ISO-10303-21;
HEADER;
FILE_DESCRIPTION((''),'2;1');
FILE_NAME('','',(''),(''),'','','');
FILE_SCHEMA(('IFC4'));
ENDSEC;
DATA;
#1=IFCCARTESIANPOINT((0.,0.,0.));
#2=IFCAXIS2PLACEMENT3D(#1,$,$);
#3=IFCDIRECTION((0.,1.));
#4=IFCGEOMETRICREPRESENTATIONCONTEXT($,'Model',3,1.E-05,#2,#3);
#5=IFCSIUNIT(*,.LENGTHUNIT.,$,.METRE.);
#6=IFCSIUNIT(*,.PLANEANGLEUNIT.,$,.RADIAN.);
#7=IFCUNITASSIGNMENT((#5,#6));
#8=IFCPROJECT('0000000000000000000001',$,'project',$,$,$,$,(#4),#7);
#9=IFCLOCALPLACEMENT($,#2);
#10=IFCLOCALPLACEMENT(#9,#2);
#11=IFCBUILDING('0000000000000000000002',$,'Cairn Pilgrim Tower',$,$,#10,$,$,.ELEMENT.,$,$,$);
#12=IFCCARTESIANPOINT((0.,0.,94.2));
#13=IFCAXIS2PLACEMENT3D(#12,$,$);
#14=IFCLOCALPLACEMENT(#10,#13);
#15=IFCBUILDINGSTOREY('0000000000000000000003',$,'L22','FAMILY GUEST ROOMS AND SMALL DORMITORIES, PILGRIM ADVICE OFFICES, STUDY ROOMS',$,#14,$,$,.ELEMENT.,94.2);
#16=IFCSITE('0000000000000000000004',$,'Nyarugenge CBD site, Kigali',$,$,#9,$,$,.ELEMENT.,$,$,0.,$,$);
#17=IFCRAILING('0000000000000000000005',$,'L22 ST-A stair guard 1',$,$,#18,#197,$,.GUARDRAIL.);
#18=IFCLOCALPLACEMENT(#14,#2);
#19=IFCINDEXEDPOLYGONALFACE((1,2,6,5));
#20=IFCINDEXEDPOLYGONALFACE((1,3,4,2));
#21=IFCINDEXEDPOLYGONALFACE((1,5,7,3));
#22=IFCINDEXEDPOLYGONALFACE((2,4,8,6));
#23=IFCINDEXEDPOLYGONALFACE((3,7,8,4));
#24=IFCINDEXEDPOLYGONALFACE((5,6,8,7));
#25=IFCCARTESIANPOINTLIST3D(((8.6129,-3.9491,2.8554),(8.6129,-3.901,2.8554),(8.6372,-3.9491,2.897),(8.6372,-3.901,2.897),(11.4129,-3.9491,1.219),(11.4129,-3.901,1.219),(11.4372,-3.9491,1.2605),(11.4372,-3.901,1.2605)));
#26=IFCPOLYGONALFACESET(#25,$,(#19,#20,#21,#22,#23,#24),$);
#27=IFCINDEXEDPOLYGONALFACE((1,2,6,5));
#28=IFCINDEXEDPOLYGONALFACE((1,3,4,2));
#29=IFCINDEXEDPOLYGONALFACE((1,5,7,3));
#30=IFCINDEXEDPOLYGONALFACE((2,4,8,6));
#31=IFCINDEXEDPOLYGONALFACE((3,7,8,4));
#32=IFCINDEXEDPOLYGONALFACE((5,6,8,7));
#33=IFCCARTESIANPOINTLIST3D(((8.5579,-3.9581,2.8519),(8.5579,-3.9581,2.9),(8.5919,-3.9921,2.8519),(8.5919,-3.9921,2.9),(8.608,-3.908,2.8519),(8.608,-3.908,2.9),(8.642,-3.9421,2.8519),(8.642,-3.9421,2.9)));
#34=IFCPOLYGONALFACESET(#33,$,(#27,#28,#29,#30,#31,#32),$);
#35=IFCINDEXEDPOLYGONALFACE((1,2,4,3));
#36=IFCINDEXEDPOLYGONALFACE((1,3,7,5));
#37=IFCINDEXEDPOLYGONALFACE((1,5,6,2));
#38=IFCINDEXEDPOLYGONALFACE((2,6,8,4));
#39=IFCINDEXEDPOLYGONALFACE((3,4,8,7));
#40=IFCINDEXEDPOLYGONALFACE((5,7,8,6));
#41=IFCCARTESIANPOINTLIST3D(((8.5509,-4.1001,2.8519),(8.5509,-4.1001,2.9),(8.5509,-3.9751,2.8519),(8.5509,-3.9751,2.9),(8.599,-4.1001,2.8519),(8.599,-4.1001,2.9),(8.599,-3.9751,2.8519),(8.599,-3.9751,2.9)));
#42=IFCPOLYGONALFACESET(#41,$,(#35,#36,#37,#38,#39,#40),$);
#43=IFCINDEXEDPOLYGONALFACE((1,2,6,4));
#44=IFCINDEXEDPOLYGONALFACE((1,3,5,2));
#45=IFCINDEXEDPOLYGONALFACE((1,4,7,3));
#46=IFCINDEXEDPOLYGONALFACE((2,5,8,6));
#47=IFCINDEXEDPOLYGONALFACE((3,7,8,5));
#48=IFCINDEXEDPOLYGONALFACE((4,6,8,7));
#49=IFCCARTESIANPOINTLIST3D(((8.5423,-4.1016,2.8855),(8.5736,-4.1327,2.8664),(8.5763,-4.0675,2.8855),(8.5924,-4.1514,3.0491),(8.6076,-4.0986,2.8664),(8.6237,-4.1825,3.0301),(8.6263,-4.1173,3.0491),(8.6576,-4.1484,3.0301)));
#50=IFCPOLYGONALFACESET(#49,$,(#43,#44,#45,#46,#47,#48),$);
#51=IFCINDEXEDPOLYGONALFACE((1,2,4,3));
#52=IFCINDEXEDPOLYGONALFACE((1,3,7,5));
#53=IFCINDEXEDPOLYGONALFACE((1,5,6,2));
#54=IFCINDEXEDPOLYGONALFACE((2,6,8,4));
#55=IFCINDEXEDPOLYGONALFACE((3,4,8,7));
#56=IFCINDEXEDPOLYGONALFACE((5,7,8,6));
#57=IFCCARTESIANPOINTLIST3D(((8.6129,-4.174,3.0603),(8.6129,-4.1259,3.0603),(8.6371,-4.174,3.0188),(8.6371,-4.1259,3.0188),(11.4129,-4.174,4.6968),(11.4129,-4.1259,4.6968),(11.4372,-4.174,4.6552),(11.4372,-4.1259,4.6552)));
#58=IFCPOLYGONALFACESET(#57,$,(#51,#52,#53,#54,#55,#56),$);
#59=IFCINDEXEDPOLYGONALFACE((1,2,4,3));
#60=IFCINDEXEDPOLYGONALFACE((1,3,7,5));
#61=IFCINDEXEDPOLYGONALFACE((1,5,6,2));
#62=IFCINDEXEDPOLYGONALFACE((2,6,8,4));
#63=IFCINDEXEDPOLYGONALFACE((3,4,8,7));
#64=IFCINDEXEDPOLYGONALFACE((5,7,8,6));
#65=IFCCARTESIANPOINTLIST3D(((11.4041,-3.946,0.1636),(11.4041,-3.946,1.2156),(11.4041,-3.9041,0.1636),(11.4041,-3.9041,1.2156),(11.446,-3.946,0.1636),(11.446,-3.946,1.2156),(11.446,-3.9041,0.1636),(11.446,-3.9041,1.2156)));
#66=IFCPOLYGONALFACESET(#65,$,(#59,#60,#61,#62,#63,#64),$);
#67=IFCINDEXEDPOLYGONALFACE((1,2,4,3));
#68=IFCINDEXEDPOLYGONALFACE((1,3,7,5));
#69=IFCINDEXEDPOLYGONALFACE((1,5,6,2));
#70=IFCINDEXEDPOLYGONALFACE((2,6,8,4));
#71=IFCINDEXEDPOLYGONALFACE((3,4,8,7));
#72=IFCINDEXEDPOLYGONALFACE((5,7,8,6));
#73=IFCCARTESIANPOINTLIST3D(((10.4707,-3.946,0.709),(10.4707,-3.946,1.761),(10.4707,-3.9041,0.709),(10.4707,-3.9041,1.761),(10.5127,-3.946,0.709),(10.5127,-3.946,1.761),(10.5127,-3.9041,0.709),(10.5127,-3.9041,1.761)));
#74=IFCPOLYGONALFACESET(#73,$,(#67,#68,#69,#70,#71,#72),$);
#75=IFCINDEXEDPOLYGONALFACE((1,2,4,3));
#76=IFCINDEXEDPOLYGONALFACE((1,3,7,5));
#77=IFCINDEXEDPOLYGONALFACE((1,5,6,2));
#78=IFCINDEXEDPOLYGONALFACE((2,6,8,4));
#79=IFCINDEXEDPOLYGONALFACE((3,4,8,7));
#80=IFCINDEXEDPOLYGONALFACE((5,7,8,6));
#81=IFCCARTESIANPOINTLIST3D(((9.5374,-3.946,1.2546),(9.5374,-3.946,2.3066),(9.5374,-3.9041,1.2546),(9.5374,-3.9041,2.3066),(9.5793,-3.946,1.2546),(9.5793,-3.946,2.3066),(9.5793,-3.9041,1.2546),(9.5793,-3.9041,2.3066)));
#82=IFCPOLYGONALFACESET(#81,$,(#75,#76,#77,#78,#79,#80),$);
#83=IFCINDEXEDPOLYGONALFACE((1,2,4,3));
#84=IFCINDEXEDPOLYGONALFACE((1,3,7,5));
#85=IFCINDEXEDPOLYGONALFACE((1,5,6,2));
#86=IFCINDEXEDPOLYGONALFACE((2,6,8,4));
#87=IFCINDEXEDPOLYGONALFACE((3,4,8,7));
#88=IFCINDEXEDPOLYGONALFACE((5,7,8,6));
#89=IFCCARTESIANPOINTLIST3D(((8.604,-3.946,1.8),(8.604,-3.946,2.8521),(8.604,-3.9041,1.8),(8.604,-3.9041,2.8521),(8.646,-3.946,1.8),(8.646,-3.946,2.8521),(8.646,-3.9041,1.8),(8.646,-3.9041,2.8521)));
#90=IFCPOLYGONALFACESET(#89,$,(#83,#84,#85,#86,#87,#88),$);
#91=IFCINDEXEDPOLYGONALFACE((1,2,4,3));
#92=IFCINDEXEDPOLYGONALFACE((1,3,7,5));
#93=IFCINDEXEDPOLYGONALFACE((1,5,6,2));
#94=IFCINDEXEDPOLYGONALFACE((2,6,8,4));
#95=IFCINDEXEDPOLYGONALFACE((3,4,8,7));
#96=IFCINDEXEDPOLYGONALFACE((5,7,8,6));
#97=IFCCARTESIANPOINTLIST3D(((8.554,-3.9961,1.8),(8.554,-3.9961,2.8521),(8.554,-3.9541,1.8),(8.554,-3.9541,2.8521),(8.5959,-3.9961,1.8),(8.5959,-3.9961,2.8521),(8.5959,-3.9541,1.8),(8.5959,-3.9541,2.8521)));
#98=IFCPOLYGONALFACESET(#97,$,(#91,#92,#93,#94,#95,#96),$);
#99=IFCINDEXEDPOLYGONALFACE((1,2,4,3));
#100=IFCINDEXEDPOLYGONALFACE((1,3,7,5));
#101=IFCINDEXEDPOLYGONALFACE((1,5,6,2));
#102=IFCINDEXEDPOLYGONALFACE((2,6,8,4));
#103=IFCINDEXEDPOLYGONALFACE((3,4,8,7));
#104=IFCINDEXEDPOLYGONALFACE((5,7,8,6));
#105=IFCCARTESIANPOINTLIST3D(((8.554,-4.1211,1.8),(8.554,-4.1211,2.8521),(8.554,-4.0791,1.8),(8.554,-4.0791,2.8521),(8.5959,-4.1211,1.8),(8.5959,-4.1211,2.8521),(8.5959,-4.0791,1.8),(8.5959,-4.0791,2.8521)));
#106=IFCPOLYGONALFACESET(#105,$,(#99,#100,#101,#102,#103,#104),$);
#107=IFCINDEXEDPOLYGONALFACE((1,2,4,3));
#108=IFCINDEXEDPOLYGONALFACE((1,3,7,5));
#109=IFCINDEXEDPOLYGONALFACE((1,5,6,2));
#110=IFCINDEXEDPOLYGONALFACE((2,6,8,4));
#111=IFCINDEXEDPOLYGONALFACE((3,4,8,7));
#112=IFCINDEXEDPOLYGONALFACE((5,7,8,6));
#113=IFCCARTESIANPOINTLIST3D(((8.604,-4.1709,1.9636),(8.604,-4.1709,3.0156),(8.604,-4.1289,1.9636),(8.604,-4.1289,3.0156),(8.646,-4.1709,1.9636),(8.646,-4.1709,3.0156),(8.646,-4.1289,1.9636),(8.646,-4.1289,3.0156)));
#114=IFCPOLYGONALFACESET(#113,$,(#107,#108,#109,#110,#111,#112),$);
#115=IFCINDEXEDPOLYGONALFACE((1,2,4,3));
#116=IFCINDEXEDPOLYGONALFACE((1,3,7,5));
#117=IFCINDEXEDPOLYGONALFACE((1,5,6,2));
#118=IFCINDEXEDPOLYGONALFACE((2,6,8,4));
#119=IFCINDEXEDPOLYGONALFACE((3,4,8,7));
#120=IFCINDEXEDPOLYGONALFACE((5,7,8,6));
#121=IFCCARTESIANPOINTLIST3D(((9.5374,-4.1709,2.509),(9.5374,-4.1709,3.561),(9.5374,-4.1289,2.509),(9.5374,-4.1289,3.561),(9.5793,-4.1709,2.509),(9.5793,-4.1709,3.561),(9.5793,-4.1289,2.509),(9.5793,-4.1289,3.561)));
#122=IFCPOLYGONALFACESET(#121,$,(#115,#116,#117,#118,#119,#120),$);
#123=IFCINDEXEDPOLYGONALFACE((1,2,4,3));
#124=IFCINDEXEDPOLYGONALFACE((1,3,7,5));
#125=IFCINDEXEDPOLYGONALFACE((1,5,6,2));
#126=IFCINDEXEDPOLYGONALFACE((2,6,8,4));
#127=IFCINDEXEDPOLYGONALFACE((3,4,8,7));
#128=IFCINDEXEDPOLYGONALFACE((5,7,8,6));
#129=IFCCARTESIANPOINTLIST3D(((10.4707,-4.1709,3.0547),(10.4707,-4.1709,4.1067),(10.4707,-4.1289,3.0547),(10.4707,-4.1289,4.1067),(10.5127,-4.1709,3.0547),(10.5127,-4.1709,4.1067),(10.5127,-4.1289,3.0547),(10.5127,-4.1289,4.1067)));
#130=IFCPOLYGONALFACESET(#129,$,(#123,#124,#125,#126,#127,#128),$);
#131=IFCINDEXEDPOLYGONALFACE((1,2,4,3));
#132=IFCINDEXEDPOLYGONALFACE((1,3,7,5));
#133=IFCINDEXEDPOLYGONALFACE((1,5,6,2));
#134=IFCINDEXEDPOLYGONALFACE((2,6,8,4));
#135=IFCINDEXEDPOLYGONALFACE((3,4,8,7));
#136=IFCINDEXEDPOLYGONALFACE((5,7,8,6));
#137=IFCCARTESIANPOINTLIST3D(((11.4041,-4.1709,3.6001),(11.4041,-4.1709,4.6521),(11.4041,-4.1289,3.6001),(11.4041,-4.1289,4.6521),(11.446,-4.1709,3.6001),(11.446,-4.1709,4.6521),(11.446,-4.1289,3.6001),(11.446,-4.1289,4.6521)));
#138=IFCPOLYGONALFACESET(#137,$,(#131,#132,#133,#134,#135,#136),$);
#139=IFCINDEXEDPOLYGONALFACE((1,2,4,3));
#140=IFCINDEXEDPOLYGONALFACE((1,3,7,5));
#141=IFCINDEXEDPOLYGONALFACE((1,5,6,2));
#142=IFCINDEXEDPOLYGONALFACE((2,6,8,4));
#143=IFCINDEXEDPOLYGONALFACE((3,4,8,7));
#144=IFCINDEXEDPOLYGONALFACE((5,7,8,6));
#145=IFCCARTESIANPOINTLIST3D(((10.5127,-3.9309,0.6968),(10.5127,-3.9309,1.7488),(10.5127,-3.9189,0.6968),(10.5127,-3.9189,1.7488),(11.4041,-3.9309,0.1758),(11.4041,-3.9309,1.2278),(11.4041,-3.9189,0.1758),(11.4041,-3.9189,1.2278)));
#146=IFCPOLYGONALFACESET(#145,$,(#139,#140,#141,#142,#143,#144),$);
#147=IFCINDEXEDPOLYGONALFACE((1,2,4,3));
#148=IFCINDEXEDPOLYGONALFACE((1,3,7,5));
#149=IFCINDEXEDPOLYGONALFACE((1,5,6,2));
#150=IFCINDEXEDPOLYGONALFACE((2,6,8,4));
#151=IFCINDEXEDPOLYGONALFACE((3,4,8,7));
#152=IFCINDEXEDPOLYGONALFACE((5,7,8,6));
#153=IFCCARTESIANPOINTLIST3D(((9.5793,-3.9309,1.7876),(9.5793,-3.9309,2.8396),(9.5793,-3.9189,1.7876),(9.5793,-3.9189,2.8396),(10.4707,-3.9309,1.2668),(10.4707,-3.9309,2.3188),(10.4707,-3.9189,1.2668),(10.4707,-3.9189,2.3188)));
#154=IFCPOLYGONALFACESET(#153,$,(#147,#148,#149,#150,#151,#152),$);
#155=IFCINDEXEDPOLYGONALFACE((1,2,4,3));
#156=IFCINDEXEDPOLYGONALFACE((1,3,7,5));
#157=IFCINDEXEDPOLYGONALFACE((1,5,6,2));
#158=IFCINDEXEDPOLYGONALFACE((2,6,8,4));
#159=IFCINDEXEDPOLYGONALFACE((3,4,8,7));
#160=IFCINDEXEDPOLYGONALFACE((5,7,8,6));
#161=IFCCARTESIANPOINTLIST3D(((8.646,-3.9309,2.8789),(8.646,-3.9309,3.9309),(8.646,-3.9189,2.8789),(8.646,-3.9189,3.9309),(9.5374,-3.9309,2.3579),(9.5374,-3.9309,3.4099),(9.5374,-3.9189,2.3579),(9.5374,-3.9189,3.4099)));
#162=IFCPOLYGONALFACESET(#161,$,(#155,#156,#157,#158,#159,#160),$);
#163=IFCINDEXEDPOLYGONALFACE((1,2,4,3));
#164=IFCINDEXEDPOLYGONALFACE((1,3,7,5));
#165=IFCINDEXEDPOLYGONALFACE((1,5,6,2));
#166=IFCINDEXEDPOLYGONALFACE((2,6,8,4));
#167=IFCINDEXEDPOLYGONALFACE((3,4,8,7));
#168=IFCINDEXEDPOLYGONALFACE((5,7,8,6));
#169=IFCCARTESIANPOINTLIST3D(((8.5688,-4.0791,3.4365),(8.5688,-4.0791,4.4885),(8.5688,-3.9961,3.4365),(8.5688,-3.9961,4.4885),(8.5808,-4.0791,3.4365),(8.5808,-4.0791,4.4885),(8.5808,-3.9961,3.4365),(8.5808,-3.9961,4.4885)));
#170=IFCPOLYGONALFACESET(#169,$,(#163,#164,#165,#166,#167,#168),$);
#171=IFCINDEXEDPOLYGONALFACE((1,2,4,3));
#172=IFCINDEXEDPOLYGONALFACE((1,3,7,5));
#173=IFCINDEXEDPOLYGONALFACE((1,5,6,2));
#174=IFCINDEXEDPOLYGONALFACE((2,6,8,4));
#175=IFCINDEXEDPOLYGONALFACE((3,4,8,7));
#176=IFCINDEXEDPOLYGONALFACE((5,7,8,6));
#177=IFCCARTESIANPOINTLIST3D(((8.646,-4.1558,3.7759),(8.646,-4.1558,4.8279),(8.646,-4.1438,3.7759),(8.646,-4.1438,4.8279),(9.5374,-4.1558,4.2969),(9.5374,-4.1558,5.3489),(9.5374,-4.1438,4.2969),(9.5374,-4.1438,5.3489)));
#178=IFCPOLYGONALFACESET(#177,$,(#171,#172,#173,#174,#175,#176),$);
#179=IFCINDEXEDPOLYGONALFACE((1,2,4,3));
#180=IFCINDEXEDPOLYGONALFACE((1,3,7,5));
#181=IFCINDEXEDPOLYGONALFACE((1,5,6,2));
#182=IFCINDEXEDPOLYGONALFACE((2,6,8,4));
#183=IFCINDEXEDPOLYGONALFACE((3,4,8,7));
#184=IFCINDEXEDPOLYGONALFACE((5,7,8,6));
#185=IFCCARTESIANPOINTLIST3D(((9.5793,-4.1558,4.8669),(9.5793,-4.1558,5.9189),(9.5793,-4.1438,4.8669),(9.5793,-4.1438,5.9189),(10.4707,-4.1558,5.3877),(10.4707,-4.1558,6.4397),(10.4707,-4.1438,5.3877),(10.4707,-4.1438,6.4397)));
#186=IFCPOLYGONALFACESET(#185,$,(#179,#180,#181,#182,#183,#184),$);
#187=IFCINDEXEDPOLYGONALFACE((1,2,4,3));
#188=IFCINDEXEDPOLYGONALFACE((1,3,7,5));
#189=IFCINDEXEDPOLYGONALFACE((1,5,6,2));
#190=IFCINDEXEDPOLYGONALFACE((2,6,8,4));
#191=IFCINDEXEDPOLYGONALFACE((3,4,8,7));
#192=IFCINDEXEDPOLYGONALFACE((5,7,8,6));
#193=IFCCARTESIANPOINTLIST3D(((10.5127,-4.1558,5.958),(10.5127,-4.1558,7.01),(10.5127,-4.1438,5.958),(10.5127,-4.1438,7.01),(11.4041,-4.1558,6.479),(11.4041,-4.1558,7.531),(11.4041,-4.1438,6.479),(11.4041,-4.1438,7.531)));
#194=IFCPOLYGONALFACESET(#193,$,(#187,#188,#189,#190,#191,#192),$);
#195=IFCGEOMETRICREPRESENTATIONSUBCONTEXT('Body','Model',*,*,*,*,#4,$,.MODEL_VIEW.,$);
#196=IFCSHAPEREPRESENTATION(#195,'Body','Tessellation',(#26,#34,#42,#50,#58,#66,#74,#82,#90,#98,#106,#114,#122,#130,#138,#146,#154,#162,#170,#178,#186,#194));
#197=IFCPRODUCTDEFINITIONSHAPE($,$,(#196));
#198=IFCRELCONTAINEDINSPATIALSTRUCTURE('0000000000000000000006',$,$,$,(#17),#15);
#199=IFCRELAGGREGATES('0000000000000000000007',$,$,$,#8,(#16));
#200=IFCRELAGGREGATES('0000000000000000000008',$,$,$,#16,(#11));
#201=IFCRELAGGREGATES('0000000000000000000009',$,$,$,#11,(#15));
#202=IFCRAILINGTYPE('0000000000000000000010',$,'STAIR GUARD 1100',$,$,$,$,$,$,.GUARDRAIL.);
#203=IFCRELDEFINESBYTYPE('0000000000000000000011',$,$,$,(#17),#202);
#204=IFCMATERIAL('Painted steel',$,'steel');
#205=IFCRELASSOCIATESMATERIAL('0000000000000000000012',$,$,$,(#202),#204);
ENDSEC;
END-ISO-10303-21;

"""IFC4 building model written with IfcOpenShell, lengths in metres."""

from ifc_helpers import new_model, si_unit, direction, frame, origin, origin_2d, place, context, subcontext, project, spatial, polyline, rectangle, outline, extrude, material, type_object, element, save


model = new_model("IFC4")

# Units and contexts
model_context = context("Model", 3, precision=1e-05, world=origin(), true_north=direction((0.0, 1.0)))
body_context = subcontext(model_context, "Body", "Model", "MODEL_VIEW")
ifc_project = project(units=[si_unit("LENGTHUNIT", "METRE"), si_unit("PLANEANGLEUNIT", "RADIAN")], contexts=[model_context])

# Site, building, storey
site_placement = place(None, origin())
site = spatial("IfcSite", under=ifc_project, at=site_placement, Name="Nyarugenge CBD site, Kigali", CompositionType="ELEMENT", RefElevation=0.0)
building_placement = place(site_placement, origin())
building = spatial("IfcBuilding", under=site, at=building_placement, Name="Cairn Pilgrim Tower", CompositionType="ELEMENT")
storey_placement = place(building_placement, frame((0.0, 0.0, 94.2)))
storey = spatial("IfcBuildingStorey", under=building, at=storey_placement, Name="L22", Description="FAMILY GUEST ROOMS AND SMALL DORMITORIES, PILGRIM ADVICE OFFICES, STUDY ROOMS", CompositionType="ELEMENT", Elevation=94.2)

# Shared definitions
ifc_material_1 = material(Name="Painted steel", Category="steel")

# Railing
railing_type_1 = type_object("IfcRailingType", Name="STAIR GUARD 1100", PredefinedType="GUARDRAIL", material=ifc_material_1)
railing_1_placement = place(storey_placement, frame((11.425, -3.925, 0.1636)))
element("IfcRailing", 1, at=railing_1_placement, inside=storey, type_object=railing_type_1, Name="L22 ST-A stair guard 1", PredefinedType="GUARDRAIL", context=body_context, shape_type="SweptSolid", body=[
    extrude(rectangle(XDim=0.0481, YDim=0.0481, at=origin_2d()), frame((0.0, 0.0, 1.0762), z_axis=(-0.863361, 0.0, 0.504587), x_axis=(0.0, -1.0, 0.0)), (0.0, 0.0, 1.0), 3.2432),
    extrude(rectangle(XDim=0.0481, YDim=0.0481, at=origin_2d()), frame((-2.8, 0.0, 2.7124), z_axis=(-0.707107, -0.707107, 0.0), x_axis=(0.707107, -0.707107, 0.0)), (0.0, 0.0, 1.0), 0.0708),
    extrude(rectangle(XDim=0.0481, YDim=0.0481, at=origin_2d()), frame((-2.8501, -0.05, 2.7124), z_axis=(0.0, -1.0, 0.0), x_axis=(1.0, 0.0, 0.0)), (0.0, 0.0, 1.0), 0.125),
    extrude(rectangle(XDim=0.0481, YDim=0.0481, at=origin_2d()), frame((-2.8501, -0.175, 2.7124), z_axis=(0.280917, -0.279546, 0.918118), x_axis=(0.705376, 0.708834, 0.0)), (0.0, 0.0, 1.0), 0.1782),
    extrude(rectangle(XDim=0.0481, YDim=0.0481, at=origin_2d()), frame((-2.8, -0.2249, 2.876), z_axis=(0.863361, 0.0, 0.504587), x_axis=(0.0, 1.0, 0.0)), (0.0, 0.0, 1.0), 3.2432),
    extrude(rectangle(XDim=0.042, YDim=0.042, at=origin_2d()), origin(), (0.0, 0.0, 1.0), 1.052),
    extrude(rectangle(XDim=0.042, YDim=0.042, at=origin_2d()), frame((-0.9333, 0.0, 0.5454)), (0.0, 0.0, 1.0), 1.052),
    extrude(rectangle(XDim=0.042, YDim=0.042, at=origin_2d()), frame((-1.8667, 0.0, 1.0911)), (0.0, 0.0, 1.0), 1.052),
    extrude(rectangle(XDim=0.042, YDim=0.042, at=origin_2d()), frame((-2.8, 0.0, 1.6365)), (0.0, 0.0, 1.0), 1.052),
    extrude(rectangle(XDim=0.042, YDim=0.042, at=origin_2d()), frame((-2.8501, -0.05, 1.6365)), (0.0, 0.0, 1.0), 1.052),
    extrude(rectangle(XDim=0.042, YDim=0.042, at=origin_2d()), frame((-2.8501, -0.175, 1.6365)), (0.0, 0.0, 1.0), 1.052),
    extrude(rectangle(XDim=0.042, YDim=0.042, at=origin_2d()), frame((-2.8, -0.2249, 1.8)), (0.0, 0.0, 1.0), 1.052),
    extrude(rectangle(XDim=0.042, YDim=0.042, at=origin_2d()), frame((-1.8667, -0.2249, 2.3455)), (0.0, 0.0, 1.0), 1.052),
    extrude(rectangle(XDim=0.042, YDim=0.042, at=origin_2d()), frame((-0.9333, -0.2249, 2.8911)), (0.0, 0.0, 1.0), 1.052),
    extrude(rectangle(XDim=0.042, YDim=0.042, at=origin_2d()), frame((0.0, -0.2249, 3.4365)), (0.0, 0.0, 1.0), 1.052),
    extrude(outline(polyline([(0.021, 0.0122), (0.9124, 0.5332), (0.9124, 1.5852), (0.021, 1.0642), (0.021, 0.0122)])), frame((0.0, -0.0059, 0.0), z_axis=(0.0, 1.0, 0.0), x_axis=(-1.0, 0.0, 0.0)), (0.0, 0.0, 1.0), 0.012),
    extrude(outline(polyline([(0.021, 0.5579), (0.9124, 1.0786), (0.9124, 2.1306), (0.021, 1.6099), (0.021, 0.5579)])), frame((-0.9333, -0.0059, 0.5454), z_axis=(0.0, 1.0, 0.0), x_axis=(-1.0, 0.0, 0.0)), (0.0, 0.0, 1.0), 0.012),
    extrude(outline(polyline([(0.021, 1.1033), (0.9124, 1.6243), (0.9124, 2.6763), (0.021, 2.1553), (0.021, 1.1033)])), frame((-1.8667, -0.0059, 1.0911), z_axis=(0.0, 1.0, 0.0), x_axis=(-1.0, 0.0, 0.0)), (0.0, 0.0, 1.0), 0.012),
    extrude(outline(polyline([(0.021, 1.6365), (0.104, 1.6365), (0.104, 2.6885), (0.021, 2.6885), (0.021, 1.6365)])), frame((-2.8442, -0.05, 1.6365), z_axis=(-1.0, 0.0, 0.0), x_axis=(0.0, -1.0, 0.0)), (0.0, 0.0, 1.0), 0.012),
    extrude(outline(polyline([(0.021, 1.8123), (0.9124, 2.3333), (0.9124, 3.3853), (0.021, 2.8643), (0.021, 1.8123)])), frame((-2.8, -0.2188, 1.8), z_axis=(0.0, -1.0, 0.0), x_axis=(1.0, 0.0, 0.0)), (0.0, 0.0, 1.0), 0.012),
    extrude(outline(polyline([(0.021, 2.3579), (0.9124, 2.8787), (0.9124, 3.9307), (0.021, 3.4099), (0.021, 2.3579)])), frame((-1.8667, -0.2188, 2.3455), z_axis=(0.0, -1.0, 0.0), x_axis=(1.0, 0.0, 0.0)), (0.0, 0.0, 1.0), 0.012),
    extrude(outline(polyline([(0.021, 2.9033), (0.9124, 3.4243), (0.9124, 4.4763), (0.021, 3.9553), (0.021, 2.9033)])), frame((-0.9333, -0.2188, 2.8911), z_axis=(0.0, -1.0, 0.0), x_axis=(1.0, 0.0, 0.0)), (0.0, 0.0, 1.0), 0.012),
])

save(model, "model.ifc")
